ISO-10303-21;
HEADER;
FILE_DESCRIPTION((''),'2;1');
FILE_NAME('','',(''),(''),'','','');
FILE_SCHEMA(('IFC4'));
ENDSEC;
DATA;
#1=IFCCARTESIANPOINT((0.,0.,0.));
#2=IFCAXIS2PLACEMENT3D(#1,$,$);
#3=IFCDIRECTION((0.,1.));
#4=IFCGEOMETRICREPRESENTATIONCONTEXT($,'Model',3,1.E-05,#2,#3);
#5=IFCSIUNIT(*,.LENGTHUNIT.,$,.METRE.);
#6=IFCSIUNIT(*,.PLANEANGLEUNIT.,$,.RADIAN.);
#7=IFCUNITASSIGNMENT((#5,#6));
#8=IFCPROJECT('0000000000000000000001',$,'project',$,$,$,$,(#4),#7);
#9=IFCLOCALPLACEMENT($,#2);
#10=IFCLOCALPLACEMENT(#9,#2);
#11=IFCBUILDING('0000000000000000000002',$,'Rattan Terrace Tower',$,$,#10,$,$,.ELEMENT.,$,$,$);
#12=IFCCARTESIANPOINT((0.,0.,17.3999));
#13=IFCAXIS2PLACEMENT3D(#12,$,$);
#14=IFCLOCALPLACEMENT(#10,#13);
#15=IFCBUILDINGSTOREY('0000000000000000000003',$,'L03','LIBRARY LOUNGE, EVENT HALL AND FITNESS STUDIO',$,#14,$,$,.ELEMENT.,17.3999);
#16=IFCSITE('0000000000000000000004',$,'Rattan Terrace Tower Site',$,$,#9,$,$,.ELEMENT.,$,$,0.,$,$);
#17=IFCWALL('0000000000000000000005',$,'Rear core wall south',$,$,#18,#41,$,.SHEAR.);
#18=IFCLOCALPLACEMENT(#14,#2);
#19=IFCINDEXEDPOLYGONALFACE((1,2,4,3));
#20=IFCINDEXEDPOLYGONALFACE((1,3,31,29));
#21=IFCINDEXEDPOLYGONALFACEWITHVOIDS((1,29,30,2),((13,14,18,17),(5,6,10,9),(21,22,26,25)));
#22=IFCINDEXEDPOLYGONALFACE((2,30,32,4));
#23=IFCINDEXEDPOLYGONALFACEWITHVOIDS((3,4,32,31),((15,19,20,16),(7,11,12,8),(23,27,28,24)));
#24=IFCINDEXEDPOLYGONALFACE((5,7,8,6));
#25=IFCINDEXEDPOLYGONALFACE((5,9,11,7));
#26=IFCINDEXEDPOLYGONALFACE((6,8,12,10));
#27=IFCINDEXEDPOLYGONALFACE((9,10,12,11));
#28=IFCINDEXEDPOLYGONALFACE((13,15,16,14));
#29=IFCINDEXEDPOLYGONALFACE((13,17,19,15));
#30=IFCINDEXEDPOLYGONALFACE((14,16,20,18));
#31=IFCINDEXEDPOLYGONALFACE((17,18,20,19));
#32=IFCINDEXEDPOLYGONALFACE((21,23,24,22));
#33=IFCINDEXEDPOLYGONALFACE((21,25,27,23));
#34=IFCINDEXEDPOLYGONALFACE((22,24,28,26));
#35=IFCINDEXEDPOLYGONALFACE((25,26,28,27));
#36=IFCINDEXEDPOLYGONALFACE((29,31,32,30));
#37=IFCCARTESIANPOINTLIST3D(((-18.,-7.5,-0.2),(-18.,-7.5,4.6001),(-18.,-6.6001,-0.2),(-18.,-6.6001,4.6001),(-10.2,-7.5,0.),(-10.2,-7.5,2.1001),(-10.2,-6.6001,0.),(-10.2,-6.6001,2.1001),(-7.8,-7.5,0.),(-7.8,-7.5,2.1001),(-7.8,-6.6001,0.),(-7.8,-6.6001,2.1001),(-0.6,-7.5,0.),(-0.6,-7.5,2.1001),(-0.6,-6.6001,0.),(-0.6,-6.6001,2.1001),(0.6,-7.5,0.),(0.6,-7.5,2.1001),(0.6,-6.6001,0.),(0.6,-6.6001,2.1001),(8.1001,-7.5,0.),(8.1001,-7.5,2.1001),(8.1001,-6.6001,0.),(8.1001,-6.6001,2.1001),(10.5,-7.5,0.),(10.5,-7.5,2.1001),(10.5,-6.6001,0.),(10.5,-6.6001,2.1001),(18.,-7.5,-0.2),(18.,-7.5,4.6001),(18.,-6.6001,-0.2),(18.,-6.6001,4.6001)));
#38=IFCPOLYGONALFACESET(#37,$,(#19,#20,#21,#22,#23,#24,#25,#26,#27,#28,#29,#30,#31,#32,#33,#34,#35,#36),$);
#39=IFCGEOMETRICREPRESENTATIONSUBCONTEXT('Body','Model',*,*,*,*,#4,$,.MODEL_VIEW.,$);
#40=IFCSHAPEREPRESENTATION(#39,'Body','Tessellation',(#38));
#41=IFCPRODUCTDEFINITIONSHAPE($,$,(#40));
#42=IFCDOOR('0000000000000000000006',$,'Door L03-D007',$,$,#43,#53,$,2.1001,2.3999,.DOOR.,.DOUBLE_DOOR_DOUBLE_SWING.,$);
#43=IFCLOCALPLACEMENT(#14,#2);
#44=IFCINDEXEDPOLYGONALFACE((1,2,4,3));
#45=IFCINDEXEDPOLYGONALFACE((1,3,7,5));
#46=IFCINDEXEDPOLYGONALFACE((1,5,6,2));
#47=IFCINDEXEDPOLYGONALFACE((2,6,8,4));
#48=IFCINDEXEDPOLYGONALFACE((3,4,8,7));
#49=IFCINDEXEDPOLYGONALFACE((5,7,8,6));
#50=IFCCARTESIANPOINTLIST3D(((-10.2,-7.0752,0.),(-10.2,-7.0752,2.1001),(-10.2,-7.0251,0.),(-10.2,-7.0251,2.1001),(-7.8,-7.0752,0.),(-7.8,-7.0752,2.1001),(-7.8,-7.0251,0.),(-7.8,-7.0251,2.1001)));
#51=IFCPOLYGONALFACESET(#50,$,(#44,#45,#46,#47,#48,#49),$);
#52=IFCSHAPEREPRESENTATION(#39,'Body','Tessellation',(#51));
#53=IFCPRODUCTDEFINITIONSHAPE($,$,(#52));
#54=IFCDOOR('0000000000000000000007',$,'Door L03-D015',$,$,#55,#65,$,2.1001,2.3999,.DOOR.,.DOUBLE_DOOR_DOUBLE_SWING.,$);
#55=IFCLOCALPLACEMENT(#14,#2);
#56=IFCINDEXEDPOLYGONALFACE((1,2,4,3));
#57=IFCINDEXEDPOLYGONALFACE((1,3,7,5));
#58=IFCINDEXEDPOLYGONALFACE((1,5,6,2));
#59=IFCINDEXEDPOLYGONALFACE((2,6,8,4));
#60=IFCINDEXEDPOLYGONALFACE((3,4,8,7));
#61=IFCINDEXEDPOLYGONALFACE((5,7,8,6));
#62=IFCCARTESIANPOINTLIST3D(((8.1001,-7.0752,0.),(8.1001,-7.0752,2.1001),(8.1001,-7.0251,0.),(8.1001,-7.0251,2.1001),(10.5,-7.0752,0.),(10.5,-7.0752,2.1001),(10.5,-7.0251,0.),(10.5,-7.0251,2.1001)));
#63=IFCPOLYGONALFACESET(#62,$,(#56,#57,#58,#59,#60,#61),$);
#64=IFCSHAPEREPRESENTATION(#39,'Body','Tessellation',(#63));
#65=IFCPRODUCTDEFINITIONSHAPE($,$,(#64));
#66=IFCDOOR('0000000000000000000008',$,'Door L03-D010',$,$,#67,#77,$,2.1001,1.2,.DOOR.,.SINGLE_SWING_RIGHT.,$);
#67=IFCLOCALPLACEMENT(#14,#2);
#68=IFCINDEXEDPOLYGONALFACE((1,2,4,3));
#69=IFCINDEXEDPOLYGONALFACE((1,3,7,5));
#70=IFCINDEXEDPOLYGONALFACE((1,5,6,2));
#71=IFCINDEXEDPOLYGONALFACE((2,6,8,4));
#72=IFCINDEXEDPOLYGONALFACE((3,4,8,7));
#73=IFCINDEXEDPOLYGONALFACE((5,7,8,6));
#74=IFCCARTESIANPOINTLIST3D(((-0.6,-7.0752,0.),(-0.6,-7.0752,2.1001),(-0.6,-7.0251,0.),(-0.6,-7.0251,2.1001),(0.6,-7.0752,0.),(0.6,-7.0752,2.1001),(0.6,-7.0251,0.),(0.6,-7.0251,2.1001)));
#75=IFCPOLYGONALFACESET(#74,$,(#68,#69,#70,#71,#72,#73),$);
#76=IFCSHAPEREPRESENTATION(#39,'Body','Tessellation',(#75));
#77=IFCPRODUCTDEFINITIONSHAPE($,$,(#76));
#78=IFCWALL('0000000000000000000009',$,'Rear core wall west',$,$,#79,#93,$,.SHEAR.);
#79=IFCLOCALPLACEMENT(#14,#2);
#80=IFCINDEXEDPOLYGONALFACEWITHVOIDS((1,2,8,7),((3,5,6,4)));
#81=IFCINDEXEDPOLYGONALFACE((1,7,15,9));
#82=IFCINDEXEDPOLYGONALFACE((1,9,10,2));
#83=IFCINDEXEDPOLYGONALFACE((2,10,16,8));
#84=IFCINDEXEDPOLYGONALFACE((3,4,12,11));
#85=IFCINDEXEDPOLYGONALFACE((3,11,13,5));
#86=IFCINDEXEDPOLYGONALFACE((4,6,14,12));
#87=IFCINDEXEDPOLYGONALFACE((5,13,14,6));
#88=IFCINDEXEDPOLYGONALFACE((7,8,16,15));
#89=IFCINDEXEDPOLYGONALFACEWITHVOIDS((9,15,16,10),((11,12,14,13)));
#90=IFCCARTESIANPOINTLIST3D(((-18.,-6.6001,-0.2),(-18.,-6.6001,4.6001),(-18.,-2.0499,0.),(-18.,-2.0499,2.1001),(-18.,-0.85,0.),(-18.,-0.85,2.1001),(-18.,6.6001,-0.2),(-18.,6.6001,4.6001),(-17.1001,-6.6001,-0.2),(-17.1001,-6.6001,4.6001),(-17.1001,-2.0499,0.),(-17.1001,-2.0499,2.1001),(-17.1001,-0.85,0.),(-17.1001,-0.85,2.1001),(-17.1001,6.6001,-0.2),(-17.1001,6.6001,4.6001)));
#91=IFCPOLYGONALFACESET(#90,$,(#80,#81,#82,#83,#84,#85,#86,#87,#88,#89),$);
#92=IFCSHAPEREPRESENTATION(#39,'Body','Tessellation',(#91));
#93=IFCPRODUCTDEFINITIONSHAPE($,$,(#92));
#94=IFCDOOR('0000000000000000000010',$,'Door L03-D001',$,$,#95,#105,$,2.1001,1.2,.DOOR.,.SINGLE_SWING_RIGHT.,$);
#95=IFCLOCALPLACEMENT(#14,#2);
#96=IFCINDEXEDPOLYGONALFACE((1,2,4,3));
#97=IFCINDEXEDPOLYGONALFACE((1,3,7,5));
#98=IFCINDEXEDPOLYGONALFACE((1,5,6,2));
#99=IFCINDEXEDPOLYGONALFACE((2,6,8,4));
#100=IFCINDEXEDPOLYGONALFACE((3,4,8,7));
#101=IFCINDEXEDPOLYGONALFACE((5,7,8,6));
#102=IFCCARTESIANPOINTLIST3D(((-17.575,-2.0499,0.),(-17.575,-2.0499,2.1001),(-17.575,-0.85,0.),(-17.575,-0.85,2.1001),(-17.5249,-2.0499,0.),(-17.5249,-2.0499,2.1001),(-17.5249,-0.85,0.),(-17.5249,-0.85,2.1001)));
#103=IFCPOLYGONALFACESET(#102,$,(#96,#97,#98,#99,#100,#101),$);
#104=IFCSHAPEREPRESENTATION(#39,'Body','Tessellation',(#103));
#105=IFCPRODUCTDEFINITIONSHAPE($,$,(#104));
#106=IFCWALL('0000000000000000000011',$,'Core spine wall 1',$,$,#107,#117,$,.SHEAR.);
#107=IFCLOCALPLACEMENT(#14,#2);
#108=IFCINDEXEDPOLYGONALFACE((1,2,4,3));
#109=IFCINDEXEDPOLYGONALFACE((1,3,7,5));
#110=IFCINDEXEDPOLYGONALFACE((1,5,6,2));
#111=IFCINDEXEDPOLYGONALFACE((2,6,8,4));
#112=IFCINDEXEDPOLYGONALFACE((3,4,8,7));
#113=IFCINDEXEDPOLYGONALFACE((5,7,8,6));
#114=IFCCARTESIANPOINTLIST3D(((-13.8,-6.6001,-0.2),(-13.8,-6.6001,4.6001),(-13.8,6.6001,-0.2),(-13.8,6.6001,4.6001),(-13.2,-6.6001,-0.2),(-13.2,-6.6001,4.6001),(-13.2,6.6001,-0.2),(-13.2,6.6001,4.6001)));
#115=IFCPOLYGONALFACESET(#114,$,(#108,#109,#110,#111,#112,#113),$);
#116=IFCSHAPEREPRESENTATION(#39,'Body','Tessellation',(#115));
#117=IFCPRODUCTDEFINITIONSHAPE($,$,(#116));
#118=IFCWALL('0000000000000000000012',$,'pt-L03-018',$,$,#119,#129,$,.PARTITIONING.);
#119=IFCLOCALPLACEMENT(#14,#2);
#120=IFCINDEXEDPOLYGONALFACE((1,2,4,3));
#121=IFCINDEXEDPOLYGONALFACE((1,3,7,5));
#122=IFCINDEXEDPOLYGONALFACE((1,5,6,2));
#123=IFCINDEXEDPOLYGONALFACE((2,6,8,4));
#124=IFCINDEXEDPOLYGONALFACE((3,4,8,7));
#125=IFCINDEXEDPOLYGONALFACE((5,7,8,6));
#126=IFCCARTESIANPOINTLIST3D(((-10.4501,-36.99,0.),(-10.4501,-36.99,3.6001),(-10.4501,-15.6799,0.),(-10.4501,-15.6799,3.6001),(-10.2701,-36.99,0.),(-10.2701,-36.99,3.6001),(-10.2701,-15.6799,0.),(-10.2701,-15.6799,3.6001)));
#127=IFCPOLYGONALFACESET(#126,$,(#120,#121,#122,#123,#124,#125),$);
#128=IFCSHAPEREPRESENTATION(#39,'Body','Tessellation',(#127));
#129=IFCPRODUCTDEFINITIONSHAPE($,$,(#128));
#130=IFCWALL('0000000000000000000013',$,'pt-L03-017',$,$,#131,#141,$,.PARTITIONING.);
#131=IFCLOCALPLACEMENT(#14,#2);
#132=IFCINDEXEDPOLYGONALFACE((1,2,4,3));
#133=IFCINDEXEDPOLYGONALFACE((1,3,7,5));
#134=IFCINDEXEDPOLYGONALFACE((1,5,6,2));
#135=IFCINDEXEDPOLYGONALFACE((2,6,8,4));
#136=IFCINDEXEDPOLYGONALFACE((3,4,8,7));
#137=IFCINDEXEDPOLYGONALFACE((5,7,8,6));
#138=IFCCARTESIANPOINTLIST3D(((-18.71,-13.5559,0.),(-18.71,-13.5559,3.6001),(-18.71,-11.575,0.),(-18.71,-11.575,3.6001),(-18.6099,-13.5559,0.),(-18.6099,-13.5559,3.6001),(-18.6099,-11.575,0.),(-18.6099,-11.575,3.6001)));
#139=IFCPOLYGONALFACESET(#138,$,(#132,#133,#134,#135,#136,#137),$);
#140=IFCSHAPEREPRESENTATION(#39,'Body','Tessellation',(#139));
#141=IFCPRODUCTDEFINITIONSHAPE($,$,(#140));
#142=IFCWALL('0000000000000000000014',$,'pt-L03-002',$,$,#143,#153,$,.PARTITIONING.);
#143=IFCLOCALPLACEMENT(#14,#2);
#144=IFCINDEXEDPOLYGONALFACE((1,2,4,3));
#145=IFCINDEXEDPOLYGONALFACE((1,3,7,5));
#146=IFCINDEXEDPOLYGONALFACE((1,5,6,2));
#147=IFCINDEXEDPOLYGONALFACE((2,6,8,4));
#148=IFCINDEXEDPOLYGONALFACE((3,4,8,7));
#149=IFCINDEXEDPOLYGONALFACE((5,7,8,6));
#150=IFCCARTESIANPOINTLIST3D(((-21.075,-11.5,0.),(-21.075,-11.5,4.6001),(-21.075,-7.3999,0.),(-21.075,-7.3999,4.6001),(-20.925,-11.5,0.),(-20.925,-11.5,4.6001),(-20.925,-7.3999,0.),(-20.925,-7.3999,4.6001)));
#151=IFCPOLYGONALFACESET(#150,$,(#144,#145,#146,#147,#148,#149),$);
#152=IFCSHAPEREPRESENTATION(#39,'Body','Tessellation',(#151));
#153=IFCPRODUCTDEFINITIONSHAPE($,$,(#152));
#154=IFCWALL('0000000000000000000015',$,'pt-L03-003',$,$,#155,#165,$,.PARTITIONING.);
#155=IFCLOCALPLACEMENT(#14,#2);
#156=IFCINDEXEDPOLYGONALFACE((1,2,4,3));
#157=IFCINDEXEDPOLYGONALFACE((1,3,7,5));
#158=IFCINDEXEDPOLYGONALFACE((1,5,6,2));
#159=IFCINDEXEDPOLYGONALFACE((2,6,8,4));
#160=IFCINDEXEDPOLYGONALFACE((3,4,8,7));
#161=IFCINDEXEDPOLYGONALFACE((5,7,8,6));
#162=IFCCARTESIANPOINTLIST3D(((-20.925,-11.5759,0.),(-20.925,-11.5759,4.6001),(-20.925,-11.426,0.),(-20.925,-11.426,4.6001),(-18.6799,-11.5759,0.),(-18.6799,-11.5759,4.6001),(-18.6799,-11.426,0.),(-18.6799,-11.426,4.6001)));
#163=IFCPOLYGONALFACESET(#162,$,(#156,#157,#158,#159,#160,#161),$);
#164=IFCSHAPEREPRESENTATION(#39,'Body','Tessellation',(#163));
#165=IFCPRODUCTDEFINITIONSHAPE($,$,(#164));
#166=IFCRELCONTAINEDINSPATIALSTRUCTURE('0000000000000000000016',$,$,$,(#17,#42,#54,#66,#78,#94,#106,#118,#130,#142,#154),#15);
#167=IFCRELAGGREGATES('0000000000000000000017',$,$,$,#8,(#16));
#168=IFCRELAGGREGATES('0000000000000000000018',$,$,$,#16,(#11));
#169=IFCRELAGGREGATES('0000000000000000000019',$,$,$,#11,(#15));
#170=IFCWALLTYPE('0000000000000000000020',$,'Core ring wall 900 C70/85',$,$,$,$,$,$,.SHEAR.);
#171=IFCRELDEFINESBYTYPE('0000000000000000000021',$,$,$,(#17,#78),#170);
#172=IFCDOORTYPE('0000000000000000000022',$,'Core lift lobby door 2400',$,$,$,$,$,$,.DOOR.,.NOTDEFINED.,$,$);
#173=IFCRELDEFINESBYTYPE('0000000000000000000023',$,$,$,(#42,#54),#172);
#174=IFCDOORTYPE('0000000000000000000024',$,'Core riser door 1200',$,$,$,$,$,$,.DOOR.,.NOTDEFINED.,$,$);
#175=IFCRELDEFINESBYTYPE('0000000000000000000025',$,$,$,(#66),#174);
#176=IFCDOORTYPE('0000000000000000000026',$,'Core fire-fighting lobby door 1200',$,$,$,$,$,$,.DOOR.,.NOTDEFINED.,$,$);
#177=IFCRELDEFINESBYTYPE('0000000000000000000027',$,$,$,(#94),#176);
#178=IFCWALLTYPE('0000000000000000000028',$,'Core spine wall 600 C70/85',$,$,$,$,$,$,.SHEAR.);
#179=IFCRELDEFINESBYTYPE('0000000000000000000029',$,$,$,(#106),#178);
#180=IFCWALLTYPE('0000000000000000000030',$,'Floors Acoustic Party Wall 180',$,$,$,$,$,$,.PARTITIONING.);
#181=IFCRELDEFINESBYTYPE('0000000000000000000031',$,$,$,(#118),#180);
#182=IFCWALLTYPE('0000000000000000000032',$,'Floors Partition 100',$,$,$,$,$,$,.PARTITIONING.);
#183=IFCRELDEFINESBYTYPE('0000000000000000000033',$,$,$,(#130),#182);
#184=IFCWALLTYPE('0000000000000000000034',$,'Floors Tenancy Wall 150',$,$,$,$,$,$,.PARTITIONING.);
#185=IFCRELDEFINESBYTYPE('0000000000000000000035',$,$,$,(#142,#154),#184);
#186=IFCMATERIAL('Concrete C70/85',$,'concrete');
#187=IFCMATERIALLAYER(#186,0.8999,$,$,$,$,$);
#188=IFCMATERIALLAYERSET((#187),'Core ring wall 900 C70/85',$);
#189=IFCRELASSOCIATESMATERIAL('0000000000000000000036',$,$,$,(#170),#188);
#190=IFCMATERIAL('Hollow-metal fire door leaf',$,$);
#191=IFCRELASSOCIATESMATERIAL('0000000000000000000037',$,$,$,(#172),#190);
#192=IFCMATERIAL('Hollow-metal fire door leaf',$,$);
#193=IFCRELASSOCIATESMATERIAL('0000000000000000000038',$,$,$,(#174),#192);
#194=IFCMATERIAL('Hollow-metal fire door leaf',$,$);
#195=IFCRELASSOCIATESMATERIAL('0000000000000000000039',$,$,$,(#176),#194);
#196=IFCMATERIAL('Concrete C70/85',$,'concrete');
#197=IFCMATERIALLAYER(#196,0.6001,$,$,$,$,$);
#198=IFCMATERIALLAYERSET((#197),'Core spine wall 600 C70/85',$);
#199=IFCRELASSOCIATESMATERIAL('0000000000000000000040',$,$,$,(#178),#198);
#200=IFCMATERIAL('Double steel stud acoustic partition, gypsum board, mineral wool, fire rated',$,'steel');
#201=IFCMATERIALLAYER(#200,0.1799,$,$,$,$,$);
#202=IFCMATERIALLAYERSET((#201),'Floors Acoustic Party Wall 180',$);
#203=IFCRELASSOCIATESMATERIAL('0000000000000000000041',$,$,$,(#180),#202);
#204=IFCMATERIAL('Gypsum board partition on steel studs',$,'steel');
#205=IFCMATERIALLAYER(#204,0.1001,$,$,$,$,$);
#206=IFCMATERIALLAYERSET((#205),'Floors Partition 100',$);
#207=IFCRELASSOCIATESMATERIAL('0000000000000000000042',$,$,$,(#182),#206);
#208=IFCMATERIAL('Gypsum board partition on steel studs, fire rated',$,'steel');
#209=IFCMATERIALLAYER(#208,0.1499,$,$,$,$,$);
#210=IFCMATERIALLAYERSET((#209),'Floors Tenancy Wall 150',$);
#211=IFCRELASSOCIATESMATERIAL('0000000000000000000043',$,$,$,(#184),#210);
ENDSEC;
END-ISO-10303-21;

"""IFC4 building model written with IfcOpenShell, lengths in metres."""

from ifc_helpers import new_model, si_unit, direction, frame, frame_2d, origin, place, context, subcontext, project, spatial, rectangle, extrude, material, layer, layer_set, type_object, element, fill, save


model = new_model("IFC4")

# Units and contexts
model_context = context("Model", 3, precision=1e-05, world=origin(), true_north=direction((0.0, 1.0)))
body_context = subcontext(model_context, "Body", "Model", "MODEL_VIEW")
ifc_project = project(units=[si_unit("LENGTHUNIT", "METRE"), si_unit("PLANEANGLEUNIT", "RADIAN")], contexts=[model_context])

# Site, building, storey
site_placement = place(None, origin())
site = spatial("IfcSite", under=ifc_project, at=site_placement, Name="Rattan Terrace Tower Site", CompositionType="ELEMENT", RefElevation=0.0)
building_placement = place(site_placement, origin())
building = spatial("IfcBuilding", under=site, at=building_placement, Name="Rattan Terrace Tower", CompositionType="ELEMENT")
storey_placement = place(building_placement, frame((0.0, 0.0, 17.3999)))
storey = spatial("IfcBuildingStorey", under=building, at=storey_placement, Name="L03", Description="LIBRARY LOUNGE, EVENT HALL AND FITNESS STUDIO", CompositionType="ELEMENT", Elevation=17.3999)

# Wall, openings, doors
ifc_material_1 = material(Name="Concrete C70/85", Category="concrete")
ifc_layer_1 = layer(ifc_material_1, 0.8999)
ifc_layer_set_1 = layer_set([ifc_layer_1], Name="Core ring wall 900 C70/85")
wall_type_1 = type_object("IfcWallType", Name="Core ring wall 900 C70/85", PredefinedType="SHEAR", material=ifc_layer_set_1)
wall_1_placement = place(storey_placement, frame((-18.0, -7.05, -0.2), z_axis=(0.0, 0.0, 1.0), x_axis=(1.0, 0.0, 0.0)))
wall_1 = element("IfcWall", 1, at=wall_1_placement, inside=storey, type_object=wall_type_1, Name="Rear core wall south", PredefinedType="SHEAR", context=body_context, shape_type="SweptSolid", body=[
    extrude(rectangle(XDim=36.0, YDim=0.8999, at=frame_2d((18.0, 0.0))), origin(), (0.0, 0.0, 1.0), 4.8),
])
opening_1_placement = place(wall_1_placement, frame((7.8, 0.0, 0.2)))
opening_1 = element("IfcOpeningElement", 2, at=opening_1_placement, cuts=wall_1, PredefinedType="OPENING", context=body_context, shape_type="SweptSolid", body=[
    extrude(rectangle(XDim=2.3999, YDim=2.1001, at=frame_2d((1.2, 1.05))), frame((0.0, 0.4604, 0.0), z_axis=(0.0, -1.0, 0.0), x_axis=(1.0, 0.0, 0.0)), (0.0, 0.0, 1.0), 0.9209),
])
opening_2_placement = place(wall_1_placement, frame((17.3999, 0.0, 0.2)))
opening_2 = element("IfcOpeningElement", 3, at=opening_2_placement, cuts=wall_1, PredefinedType="OPENING", context=body_context, shape_type="SweptSolid", body=[
    extrude(rectangle(XDim=1.2, YDim=2.1001, at=frame_2d((0.6001, 1.05))), frame((0.0, 0.4604, 0.0), z_axis=(0.0, -1.0, 0.0), x_axis=(1.0, 0.0, 0.0)), (0.0, 0.0, 1.0), 0.9209),
])
opening_3_placement = place(wall_1_placement, frame((26.1001, 0.0, 0.2)))
opening_3 = element("IfcOpeningElement", 4, at=opening_3_placement, cuts=wall_1, PredefinedType="OPENING", context=body_context, shape_type="SweptSolid", body=[
    extrude(rectangle(XDim=2.3999, YDim=2.1001, at=frame_2d((1.2, 1.05))), frame((0.0, 0.4604, 0.0), z_axis=(0.0, -1.0, 0.0), x_axis=(1.0, 0.0, 0.0)), (0.0, 0.0, 1.0), 0.9209),
])
ifc_material_2 = material(Name="Hollow-metal fire door leaf")
door_type_1 = type_object("IfcDoorType", Name="Core lift lobby door 2400", OperationType="NOTDEFINED", PredefinedType="DOOR", material=ifc_material_2)
door_1_placement = place(opening_1_placement, origin())
door_1 = element("IfcDoor", 5, at=door_1_placement, inside=storey, type_object=door_type_1, Name="Door L03-D007", OperationType="DOUBLE_DOOR_DOUBLE_SWING", OverallHeight=2.1001, OverallWidth=2.3999, PredefinedType="DOOR", context=body_context, shape_type="SweptSolid", body=[
    extrude(rectangle(XDim=2.3999, YDim=2.1001, at=frame_2d((1.2, 1.05))), frame((0.0, 0.0249, 0.0), z_axis=(0.0, -1.0, 0.0), x_axis=(1.0, 0.0, 0.0)), (0.0, 0.0, 1.0), 0.05),
])
fill(opening_1, door_1)
door_2_placement = place(opening_3_placement, origin())
door_2 = element("IfcDoor", 6, at=door_2_placement, inside=storey, type_object=door_type_1, Name="Door L03-D015", OperationType="DOUBLE_DOOR_DOUBLE_SWING", OverallHeight=2.1001, OverallWidth=2.3999, PredefinedType="DOOR", context=body_context, shape_type="SweptSolid", body=[
    extrude(rectangle(XDim=2.3999, YDim=2.1001, at=frame_2d((1.2, 1.05))), frame((0.0, 0.0249, 0.0), z_axis=(0.0, -1.0, 0.0), x_axis=(1.0, 0.0, 0.0)), (0.0, 0.0, 1.0), 0.05),
])
fill(opening_3, door_2)
ifc_material_3 = material(Name="Hollow-metal fire door leaf")
door_type_2 = type_object("IfcDoorType", Name="Core riser door 1200", OperationType="NOTDEFINED", PredefinedType="DOOR", material=ifc_material_3)
door_3_placement = place(opening_2_placement, origin())
door_3 = element("IfcDoor", 7, at=door_3_placement, inside=storey, type_object=door_type_2, Name="Door L03-D010", OperationType="SINGLE_SWING_RIGHT", OverallHeight=2.1001, OverallWidth=1.2, PredefinedType="DOOR", context=body_context, shape_type="SweptSolid", body=[
    extrude(rectangle(XDim=1.2, YDim=2.1001, at=frame_2d((0.6001, 1.05))), frame((0.0, 0.0249, 0.0), z_axis=(0.0, -1.0, 0.0), x_axis=(1.0, 0.0, 0.0)), (0.0, 0.0, 1.0), 0.05),
])
fill(opening_2, door_3)

# Wall, opening, door
wall_2_placement = place(storey_placement, frame((-17.55, -6.6001, -0.2), z_axis=(0.0, 0.0, 1.0), x_axis=(0.0, 1.0, 0.0)))
wall_2 = element("IfcWall", 8, at=wall_2_placement, inside=storey, type_object=wall_type_1, Name="Rear core wall west", PredefinedType="SHEAR", context=body_context, shape_type="SweptSolid", body=[
    extrude(rectangle(XDim=13.2002, YDim=0.8999, at=frame_2d((6.6001, 0.0))), origin(), (0.0, 0.0, 1.0), 4.8),
])
opening_4_placement = place(wall_2_placement, frame((4.55, 0.0, 0.2)))
opening_4 = element("IfcOpeningElement", 9, at=opening_4_placement, cuts=wall_2, PredefinedType="OPENING", context=body_context, shape_type="SweptSolid", body=[
    extrude(rectangle(XDim=1.2, YDim=2.1001, at=frame_2d((0.6001, 1.05))), frame((0.0, 0.4604, 0.0), z_axis=(0.0, -1.0, 0.0), x_axis=(1.0, 0.0, 0.0)), (0.0, 0.0, 1.0), 0.9209),
])
ifc_material_4 = material(Name="Hollow-metal fire door leaf")
door_type_3 = type_object("IfcDoorType", Name="Core fire-fighting lobby door 1200", OperationType="NOTDEFINED", PredefinedType="DOOR", material=ifc_material_4)
door_4_placement = place(opening_4_placement, origin())
door_4 = element("IfcDoor", 10, at=door_4_placement, inside=storey, type_object=door_type_3, Name="Door L03-D001", OperationType="SINGLE_SWING_RIGHT", OverallHeight=2.1001, OverallWidth=1.2, PredefinedType="DOOR", context=body_context, shape_type="SweptSolid", body=[
    extrude(rectangle(XDim=1.2, YDim=2.1001, at=frame_2d((0.6001, 1.05))), frame((0.0, 0.0249, 0.0), z_axis=(0.0, -1.0, 0.0), x_axis=(1.0, 0.0, 0.0)), (0.0, 0.0, 1.0), 0.05),
])
fill(opening_4, door_4)

# Walls
ifc_material_5 = material(Name="Concrete C70/85", Category="concrete")
ifc_layer_2 = layer(ifc_material_5, 0.6001)
ifc_layer_set_2 = layer_set([ifc_layer_2], Name="Core spine wall 600 C70/85")
wall_type_2 = type_object("IfcWallType", Name="Core spine wall 600 C70/85", PredefinedType="SHEAR", material=ifc_layer_set_2)
wall_3_placement = place(storey_placement, frame((-13.5, -6.6001, -0.2), z_axis=(0.0, 0.0, 1.0), x_axis=(0.0, 1.0, 0.0)))
element("IfcWall", 11, at=wall_3_placement, inside=storey, type_object=wall_type_2, Name="Core spine wall 1", PredefinedType="SHEAR", context=body_context, shape_type="SweptSolid", body=[
    extrude(rectangle(XDim=13.2002, YDim=0.6001, at=frame_2d((6.6001, 0.0))), origin(), (0.0, 0.0, 1.0), 4.8),
])
ifc_material_6 = material(Name="Double steel stud acoustic partition, gypsum board, mineral wool, fire rated", Category="steel")
ifc_layer_3 = layer(ifc_material_6, 0.1799)
ifc_layer_set_3 = layer_set([ifc_layer_3], Name="Floors Acoustic Party Wall 180")
wall_type_3 = type_object("IfcWallType", Name="Floors Acoustic Party Wall 180", PredefinedType="PARTITIONING", material=ifc_layer_set_3)
wall_4_placement = place(storey_placement, frame((-10.3601, -15.6799, 0.0), z_axis=(0.0, 0.0, 1.0), x_axis=(0.0, -1.0, 0.0)))
element("IfcWall", 12, at=wall_4_placement, inside=storey, type_object=wall_type_3, Name="pt-L03-018", PredefinedType="PARTITIONING", context=body_context, shape_type="SweptSolid", body=[
    extrude(rectangle(XDim=21.3101, YDim=0.1799, at=frame_2d((10.655, 0.0))), origin(), (0.0, 0.0, 1.0), 3.6001),
])
ifc_material_7 = material(Name="Gypsum board partition on steel studs", Category="steel")
ifc_layer_4 = layer(ifc_material_7, 0.1001)
ifc_layer_set_4 = layer_set([ifc_layer_4], Name="Floors Partition 100")
wall_type_4 = type_object("IfcWallType", Name="Floors Partition 100", PredefinedType="PARTITIONING", material=ifc_layer_set_4)
wall_5_placement = place(storey_placement, frame((-18.6599, -13.5559, 0.0), z_axis=(0.0, 0.0, 1.0), x_axis=(0.0, 1.0, 0.0)))
element("IfcWall", 13, at=wall_5_placement, inside=storey, type_object=wall_type_4, Name="pt-L03-017", PredefinedType="PARTITIONING", context=body_context, shape_type="SweptSolid", body=[
    extrude(rectangle(XDim=1.981, YDim=0.1001, at=frame_2d((0.9905, 0.0))), origin(), (0.0, 0.0, 1.0), 3.6001),
])

# Shared definitions
ifc_material_8 = material(Name="Gypsum board partition on steel studs, fire rated", Category="steel")
ifc_layer_5 = layer(ifc_material_8, 0.1499)
ifc_layer_set_5 = layer_set([ifc_layer_5], Name="Floors Tenancy Wall 150")
wall_type_5 = type_object("IfcWallType", Name="Floors Tenancy Wall 150", PredefinedType="PARTITIONING", material=ifc_layer_set_5)

# Walls
wall_6_placement = place(storey_placement, frame((-21.0, -11.5, 0.0), z_axis=(0.0, 0.0, 1.0), x_axis=(0.0, 1.0, 0.0)))
element("IfcWall", 14, at=wall_6_placement, inside=storey, type_object=wall_type_5, Name="pt-L03-002", PredefinedType="PARTITIONING", context=body_context, shape_type="SweptSolid", body=[
    extrude(rectangle(XDim=4.1001, YDim=0.1499, at=frame_2d((2.05, 0.0))), origin(), (0.0, 0.0, 1.0), 4.6001),
])
wall_7_placement = place(storey_placement, frame((-18.6799, -11.501, 0.0), z_axis=(0.0, 0.0, 1.0), x_axis=(-1.0, 0.0, 0.0)))
element("IfcWall", 15, at=wall_7_placement, inside=storey, type_object=wall_type_5, Name="pt-L03-003", PredefinedType="PARTITIONING", context=body_context, shape_type="SweptSolid", body=[
    extrude(rectangle(XDim=2.2451, YDim=0.1499, at=frame_2d((1.1226, 0.0))), origin(), (0.0, 0.0, 1.0), 4.6001),
])

save(model, "model.ifc")
